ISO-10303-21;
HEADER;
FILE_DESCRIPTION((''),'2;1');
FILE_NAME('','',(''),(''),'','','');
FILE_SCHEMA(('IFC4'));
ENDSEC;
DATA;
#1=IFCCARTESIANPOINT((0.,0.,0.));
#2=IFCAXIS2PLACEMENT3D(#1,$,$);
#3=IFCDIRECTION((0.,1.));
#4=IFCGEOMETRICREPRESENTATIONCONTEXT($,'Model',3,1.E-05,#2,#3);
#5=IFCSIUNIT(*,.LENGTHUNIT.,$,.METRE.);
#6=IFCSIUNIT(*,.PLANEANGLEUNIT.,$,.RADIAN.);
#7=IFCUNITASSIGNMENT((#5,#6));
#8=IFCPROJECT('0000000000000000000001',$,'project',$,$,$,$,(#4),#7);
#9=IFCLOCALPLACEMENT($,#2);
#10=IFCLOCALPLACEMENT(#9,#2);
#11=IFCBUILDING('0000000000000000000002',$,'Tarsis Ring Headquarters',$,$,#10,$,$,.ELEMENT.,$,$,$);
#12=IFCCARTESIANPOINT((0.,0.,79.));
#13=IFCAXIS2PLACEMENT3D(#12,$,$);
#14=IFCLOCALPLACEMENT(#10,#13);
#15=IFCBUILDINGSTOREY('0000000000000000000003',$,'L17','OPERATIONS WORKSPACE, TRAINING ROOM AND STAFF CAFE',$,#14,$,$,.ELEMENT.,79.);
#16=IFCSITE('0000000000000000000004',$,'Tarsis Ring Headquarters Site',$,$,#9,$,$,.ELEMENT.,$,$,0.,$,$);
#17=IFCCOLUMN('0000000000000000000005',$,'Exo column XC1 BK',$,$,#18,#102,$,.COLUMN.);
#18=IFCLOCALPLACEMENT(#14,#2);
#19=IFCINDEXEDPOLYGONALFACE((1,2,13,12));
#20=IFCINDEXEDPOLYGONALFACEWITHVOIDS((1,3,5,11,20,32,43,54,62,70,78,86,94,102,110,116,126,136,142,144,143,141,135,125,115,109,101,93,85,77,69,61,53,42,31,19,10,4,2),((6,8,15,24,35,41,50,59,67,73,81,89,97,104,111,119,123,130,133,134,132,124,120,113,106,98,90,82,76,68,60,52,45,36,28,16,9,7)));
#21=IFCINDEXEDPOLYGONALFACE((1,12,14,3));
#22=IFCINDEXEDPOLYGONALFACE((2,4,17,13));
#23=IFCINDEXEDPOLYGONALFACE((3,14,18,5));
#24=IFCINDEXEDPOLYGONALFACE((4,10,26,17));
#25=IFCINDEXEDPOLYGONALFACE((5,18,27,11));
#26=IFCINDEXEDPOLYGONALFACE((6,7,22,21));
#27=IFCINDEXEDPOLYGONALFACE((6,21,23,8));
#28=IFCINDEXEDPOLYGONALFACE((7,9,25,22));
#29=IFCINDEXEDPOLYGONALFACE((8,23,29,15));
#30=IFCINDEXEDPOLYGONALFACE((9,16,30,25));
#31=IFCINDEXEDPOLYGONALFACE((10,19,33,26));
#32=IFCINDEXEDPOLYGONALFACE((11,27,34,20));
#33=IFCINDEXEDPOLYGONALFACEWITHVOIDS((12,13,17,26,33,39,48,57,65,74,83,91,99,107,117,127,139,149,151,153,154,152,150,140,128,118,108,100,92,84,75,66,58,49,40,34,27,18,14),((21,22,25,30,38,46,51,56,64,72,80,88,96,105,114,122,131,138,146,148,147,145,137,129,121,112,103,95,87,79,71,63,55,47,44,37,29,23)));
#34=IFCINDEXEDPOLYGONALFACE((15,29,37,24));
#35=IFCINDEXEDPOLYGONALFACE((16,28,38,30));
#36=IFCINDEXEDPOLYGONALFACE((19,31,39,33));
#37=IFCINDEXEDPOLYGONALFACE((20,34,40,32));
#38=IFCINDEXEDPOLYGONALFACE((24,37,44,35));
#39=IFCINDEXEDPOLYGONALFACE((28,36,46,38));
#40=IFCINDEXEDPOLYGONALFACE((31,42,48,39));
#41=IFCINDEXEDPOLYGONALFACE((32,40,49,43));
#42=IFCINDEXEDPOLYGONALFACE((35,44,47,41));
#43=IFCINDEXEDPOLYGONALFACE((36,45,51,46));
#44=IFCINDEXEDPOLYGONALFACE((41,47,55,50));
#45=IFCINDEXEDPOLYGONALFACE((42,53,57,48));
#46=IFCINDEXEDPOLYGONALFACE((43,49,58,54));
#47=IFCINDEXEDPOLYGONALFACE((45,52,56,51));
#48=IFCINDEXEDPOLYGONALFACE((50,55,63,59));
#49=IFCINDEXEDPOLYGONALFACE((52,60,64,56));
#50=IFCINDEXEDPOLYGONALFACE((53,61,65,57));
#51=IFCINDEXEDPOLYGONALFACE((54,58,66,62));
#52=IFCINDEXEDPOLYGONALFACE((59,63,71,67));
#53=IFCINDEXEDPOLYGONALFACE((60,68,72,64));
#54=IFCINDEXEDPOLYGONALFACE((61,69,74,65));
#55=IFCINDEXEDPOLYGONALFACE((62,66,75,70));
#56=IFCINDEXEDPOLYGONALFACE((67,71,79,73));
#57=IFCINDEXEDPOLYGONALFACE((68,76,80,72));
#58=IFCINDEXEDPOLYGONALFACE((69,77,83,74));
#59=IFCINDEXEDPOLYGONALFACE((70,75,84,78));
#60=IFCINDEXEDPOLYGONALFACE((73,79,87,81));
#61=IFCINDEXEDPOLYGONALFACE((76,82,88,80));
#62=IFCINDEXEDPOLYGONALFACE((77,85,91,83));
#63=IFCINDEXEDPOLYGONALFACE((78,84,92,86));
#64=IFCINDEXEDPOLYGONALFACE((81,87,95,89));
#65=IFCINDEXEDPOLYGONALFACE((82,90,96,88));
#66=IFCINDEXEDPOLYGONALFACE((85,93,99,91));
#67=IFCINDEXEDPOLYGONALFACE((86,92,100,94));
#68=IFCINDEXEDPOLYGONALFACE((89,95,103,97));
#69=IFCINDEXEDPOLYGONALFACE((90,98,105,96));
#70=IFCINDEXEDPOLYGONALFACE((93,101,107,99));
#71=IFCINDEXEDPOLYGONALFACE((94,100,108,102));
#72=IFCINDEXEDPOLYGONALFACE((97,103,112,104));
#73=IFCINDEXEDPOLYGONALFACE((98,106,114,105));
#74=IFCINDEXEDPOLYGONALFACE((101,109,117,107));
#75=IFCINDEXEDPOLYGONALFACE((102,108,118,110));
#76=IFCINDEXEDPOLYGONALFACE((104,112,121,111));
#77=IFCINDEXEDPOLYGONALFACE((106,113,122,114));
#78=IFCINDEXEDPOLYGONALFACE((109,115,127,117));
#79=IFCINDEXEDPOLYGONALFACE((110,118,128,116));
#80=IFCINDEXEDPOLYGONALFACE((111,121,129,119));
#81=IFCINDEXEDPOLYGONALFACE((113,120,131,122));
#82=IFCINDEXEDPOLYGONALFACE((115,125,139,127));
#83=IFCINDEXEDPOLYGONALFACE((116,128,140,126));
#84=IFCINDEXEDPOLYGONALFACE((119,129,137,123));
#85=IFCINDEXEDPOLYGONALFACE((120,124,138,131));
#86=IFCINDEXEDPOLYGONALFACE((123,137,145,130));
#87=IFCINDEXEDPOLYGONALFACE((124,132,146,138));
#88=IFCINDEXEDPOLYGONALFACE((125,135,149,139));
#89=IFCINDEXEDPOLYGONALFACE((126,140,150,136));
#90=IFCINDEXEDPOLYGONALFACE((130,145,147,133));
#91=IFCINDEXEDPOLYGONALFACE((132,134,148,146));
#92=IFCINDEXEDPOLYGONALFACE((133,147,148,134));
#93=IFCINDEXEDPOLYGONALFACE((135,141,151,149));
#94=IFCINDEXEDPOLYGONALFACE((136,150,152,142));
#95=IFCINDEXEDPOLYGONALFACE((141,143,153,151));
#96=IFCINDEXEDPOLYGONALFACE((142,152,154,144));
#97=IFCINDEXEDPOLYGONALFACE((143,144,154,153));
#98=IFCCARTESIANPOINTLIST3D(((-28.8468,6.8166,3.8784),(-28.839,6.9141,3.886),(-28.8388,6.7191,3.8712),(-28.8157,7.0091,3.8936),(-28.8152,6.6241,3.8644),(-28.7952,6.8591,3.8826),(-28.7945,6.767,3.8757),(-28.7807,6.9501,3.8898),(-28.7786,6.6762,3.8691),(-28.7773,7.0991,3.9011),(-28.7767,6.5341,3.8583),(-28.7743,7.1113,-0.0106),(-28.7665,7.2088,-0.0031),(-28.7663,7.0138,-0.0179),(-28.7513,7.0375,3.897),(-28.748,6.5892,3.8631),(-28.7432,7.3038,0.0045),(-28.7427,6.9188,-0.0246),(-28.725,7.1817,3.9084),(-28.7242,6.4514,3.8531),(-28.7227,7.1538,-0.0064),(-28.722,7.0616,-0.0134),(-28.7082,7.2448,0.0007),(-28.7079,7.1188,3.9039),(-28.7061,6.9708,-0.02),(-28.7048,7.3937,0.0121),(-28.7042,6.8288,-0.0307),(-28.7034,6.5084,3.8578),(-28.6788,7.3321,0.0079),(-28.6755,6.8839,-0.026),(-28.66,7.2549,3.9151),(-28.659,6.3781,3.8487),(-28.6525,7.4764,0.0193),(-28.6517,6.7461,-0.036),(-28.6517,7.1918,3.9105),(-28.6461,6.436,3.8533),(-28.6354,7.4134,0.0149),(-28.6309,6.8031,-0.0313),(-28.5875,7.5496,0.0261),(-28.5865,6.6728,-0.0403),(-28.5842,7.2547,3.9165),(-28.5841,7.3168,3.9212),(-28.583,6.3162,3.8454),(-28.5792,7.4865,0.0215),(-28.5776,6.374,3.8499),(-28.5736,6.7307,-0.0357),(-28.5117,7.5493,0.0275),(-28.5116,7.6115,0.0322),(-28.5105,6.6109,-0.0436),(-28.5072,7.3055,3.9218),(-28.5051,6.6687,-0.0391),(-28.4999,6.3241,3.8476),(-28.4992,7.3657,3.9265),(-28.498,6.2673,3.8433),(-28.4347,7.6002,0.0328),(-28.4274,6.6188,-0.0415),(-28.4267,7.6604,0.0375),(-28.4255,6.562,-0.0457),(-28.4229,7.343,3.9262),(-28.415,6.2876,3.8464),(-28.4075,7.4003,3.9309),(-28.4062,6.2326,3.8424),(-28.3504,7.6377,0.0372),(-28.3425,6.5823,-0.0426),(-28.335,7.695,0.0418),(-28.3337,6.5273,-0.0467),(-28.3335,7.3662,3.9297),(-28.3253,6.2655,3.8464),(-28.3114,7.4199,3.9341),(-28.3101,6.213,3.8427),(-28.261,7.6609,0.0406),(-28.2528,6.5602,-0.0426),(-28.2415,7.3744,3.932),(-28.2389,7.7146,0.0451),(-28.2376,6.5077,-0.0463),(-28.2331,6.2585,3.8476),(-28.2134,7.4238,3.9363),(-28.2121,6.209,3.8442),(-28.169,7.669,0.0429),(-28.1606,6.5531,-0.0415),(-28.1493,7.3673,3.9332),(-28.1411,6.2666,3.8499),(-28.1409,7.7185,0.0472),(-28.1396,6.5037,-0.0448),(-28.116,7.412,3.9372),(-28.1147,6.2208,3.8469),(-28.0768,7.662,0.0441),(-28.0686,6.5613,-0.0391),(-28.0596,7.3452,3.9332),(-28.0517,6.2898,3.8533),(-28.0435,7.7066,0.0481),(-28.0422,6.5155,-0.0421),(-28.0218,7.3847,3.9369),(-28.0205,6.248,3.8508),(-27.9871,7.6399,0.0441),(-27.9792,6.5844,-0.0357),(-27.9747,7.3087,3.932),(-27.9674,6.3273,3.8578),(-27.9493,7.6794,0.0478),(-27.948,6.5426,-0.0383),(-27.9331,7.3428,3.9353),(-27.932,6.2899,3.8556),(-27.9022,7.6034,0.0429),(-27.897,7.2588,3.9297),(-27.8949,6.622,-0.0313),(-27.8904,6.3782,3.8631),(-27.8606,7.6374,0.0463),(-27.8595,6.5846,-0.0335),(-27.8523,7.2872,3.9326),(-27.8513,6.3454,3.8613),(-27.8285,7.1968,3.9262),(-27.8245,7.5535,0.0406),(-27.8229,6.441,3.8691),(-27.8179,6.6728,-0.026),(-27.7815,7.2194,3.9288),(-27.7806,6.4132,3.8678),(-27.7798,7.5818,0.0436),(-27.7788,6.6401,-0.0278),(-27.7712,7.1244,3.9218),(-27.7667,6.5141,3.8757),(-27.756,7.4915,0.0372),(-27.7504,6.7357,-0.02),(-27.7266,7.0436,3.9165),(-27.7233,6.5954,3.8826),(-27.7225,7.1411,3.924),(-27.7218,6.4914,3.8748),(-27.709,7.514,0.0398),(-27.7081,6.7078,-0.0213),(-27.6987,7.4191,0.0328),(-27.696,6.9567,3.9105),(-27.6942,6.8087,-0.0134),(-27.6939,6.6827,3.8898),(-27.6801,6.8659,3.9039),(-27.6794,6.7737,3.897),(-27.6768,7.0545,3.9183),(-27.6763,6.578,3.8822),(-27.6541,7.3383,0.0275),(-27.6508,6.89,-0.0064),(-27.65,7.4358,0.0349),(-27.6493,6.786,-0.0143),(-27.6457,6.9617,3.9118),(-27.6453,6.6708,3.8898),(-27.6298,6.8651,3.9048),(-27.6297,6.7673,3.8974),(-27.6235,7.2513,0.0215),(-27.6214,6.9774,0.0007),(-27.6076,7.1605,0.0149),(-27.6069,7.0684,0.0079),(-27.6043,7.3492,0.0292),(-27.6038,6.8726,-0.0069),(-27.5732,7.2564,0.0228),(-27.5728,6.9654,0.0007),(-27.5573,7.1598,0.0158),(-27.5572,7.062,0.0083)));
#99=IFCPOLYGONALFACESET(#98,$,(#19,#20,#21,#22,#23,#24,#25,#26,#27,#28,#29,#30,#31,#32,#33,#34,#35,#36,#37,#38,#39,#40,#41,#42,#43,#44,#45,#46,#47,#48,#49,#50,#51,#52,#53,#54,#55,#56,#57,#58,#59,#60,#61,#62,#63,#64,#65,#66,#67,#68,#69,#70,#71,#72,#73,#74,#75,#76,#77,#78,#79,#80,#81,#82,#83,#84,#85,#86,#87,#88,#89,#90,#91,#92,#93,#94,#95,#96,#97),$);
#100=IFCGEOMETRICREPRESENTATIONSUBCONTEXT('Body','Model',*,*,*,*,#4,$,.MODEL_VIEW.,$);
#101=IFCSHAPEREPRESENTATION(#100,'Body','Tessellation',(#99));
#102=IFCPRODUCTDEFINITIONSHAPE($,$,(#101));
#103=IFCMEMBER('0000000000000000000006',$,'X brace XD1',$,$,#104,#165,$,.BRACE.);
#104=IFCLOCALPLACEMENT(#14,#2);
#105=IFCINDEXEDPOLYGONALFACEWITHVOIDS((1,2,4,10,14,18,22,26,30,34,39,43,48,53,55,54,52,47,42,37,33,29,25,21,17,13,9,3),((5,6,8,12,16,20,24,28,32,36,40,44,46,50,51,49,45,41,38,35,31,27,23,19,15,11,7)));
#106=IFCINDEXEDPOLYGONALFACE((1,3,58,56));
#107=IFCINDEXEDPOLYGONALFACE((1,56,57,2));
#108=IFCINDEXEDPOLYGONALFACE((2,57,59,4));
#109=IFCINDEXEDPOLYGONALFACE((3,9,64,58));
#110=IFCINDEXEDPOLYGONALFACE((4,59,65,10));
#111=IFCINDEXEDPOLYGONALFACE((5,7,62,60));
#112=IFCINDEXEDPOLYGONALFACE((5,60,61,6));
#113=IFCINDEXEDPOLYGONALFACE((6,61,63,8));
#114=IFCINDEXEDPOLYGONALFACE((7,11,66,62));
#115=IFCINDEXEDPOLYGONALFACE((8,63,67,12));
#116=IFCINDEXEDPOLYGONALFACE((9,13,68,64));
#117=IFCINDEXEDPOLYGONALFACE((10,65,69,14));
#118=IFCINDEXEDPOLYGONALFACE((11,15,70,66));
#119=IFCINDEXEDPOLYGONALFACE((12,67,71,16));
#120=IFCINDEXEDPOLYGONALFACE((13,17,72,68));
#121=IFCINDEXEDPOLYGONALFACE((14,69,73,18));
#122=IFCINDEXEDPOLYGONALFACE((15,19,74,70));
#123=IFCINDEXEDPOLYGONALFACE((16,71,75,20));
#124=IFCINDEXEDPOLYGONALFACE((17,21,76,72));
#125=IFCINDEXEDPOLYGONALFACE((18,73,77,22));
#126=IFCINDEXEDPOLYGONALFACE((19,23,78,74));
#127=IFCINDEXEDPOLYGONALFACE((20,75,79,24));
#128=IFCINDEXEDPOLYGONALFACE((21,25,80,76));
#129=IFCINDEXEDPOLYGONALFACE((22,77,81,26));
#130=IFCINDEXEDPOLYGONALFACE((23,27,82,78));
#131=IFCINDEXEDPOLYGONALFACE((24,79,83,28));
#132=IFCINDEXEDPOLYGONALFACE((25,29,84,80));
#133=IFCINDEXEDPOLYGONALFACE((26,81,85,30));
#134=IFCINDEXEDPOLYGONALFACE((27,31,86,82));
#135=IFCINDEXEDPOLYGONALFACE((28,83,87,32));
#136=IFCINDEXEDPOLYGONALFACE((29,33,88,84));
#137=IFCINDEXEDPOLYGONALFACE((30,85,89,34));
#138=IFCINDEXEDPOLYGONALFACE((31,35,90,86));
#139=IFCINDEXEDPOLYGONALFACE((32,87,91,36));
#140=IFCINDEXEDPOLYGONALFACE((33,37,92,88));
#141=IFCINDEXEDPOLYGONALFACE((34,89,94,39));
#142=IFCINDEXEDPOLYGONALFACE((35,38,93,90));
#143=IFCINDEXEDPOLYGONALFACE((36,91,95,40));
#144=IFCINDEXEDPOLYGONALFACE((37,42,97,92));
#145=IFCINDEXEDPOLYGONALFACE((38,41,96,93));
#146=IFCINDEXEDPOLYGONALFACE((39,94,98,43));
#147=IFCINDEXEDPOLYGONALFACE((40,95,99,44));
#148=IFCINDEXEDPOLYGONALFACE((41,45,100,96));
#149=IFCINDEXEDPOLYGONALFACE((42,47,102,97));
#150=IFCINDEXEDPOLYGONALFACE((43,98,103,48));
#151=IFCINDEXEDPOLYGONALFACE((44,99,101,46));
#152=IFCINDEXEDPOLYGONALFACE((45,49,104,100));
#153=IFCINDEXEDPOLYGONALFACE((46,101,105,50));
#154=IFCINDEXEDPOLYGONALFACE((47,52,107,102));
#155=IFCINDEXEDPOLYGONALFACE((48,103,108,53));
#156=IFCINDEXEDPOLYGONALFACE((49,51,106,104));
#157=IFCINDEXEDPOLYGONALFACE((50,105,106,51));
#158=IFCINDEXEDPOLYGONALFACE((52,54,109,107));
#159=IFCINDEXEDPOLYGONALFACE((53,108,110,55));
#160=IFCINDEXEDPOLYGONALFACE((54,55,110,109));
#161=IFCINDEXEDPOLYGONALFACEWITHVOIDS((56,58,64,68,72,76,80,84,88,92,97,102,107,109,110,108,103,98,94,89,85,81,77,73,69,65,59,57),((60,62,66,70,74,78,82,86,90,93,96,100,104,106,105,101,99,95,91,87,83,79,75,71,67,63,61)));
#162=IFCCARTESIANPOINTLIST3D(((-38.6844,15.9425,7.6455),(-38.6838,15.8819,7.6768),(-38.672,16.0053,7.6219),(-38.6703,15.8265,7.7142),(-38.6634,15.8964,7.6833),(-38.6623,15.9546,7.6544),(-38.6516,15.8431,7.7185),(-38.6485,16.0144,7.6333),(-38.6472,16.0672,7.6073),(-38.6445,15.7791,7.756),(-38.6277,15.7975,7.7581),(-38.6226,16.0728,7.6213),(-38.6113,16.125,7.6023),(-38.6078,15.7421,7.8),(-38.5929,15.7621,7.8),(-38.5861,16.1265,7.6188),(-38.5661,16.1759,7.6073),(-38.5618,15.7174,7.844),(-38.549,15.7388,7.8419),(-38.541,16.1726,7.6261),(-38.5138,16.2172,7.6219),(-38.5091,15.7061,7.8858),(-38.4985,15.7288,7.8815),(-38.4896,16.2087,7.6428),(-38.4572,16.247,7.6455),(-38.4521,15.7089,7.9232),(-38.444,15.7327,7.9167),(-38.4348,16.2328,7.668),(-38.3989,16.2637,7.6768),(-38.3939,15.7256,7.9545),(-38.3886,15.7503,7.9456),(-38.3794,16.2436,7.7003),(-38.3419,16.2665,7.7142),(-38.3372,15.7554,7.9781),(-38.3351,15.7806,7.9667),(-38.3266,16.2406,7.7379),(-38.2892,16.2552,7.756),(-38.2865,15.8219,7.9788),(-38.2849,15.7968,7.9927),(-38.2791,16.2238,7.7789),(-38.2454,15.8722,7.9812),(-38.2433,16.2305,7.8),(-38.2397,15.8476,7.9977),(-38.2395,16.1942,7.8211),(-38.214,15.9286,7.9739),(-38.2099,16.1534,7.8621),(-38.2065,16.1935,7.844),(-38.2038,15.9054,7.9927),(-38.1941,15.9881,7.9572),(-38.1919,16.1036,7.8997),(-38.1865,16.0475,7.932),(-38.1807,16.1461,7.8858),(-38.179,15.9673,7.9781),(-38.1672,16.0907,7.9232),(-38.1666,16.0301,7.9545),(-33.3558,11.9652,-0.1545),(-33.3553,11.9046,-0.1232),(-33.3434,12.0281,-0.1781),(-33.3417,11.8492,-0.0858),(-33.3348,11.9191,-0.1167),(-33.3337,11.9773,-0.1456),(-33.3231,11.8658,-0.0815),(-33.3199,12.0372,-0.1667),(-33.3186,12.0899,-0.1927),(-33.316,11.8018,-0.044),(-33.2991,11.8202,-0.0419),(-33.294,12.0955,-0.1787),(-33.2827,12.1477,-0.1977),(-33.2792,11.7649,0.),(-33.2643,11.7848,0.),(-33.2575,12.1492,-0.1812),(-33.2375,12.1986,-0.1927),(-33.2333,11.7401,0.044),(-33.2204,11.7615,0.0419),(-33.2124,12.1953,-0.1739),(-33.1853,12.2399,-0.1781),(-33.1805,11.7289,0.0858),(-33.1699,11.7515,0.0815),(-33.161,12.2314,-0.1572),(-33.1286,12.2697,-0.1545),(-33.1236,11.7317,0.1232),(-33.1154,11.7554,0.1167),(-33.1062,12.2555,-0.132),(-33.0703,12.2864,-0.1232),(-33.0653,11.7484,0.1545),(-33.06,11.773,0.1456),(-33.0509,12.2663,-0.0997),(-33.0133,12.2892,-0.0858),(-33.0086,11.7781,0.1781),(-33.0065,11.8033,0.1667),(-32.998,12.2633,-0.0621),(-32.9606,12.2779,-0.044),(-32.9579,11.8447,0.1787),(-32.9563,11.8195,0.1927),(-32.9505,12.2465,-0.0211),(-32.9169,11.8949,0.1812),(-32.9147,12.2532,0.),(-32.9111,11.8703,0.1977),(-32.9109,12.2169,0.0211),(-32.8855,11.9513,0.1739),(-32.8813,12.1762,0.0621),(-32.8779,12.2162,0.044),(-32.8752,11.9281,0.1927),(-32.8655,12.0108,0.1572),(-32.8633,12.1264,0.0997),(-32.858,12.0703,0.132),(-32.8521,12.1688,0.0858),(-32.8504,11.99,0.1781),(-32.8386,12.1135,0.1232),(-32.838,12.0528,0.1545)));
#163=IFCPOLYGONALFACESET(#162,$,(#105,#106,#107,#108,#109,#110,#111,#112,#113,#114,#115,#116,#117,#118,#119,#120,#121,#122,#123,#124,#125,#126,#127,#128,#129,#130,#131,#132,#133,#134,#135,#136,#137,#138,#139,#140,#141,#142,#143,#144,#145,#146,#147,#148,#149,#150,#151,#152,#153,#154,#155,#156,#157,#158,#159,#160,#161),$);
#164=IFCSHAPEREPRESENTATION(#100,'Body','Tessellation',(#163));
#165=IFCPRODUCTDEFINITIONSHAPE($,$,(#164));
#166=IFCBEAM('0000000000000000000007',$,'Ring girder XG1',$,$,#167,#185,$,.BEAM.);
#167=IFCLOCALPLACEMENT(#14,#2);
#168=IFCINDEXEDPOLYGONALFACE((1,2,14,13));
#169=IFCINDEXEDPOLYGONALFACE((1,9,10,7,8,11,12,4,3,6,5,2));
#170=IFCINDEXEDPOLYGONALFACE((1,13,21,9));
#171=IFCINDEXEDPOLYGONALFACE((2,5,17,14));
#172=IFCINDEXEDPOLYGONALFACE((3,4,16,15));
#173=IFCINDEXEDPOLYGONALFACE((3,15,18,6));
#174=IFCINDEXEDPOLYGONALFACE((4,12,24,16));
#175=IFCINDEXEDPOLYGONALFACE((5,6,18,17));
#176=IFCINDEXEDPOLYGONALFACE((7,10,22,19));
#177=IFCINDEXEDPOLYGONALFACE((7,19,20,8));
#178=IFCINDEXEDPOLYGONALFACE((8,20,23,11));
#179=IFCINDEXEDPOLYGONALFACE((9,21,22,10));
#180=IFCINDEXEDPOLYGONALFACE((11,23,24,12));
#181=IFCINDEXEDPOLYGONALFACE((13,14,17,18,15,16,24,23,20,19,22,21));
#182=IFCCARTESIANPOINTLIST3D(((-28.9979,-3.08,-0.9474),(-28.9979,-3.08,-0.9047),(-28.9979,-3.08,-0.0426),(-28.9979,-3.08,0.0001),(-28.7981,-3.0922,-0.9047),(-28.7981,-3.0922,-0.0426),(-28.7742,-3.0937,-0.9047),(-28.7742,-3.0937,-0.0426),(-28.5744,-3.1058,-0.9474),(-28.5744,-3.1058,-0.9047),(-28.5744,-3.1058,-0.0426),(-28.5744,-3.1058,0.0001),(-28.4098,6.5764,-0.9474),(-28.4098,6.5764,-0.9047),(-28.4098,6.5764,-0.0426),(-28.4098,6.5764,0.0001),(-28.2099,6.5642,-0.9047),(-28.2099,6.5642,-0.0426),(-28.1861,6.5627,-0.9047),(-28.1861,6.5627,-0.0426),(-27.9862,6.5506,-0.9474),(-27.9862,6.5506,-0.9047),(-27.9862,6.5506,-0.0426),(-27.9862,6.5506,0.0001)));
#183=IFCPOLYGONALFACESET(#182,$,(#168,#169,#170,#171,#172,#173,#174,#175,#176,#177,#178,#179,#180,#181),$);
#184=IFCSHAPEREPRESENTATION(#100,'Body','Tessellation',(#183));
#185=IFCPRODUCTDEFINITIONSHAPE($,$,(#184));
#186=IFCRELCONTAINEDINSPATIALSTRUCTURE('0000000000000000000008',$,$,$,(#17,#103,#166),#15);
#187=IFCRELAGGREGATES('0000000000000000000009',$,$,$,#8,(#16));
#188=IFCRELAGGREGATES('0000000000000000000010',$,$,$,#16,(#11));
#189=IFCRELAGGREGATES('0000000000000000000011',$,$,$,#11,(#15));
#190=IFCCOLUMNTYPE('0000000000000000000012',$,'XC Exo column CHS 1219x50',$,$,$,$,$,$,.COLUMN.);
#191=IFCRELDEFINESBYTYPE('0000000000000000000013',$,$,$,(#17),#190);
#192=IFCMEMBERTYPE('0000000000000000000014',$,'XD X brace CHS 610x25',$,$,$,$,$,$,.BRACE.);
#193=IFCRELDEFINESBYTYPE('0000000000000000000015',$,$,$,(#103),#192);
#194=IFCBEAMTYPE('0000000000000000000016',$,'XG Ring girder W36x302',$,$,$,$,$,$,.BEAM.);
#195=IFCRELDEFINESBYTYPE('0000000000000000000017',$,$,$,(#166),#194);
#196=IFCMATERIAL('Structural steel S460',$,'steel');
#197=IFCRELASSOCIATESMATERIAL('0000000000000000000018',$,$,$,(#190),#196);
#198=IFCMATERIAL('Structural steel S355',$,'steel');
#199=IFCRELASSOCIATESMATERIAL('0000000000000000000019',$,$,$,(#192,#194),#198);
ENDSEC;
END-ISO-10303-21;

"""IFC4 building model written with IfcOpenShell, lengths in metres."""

from ifc_helpers import new_model, si_unit, direction, frame, origin, origin_2d, place, context, subcontext, project, spatial, hollow_circle, i_section, extrude, material, material_profile, profile_set, type_object, element, save


model = new_model("IFC4")

# Units and contexts
model_context = context("Model", 3, precision=1e-05, world=origin(), true_north=direction((0.0, 1.0)))
body_context = subcontext(model_context, "Body", "Model", "MODEL_VIEW")
ifc_project = project(units=[si_unit("LENGTHUNIT", "METRE"), si_unit("PLANEANGLEUNIT", "RADIAN")], contexts=[model_context])

# Site, building, storey
site_placement = place(None, origin())
site = spatial("IfcSite", under=ifc_project, at=site_placement, Name="Tarsis Ring Headquarters Site", CompositionType="ELEMENT", RefElevation=0.0)
building_placement = place(site_placement, origin())
building = spatial("IfcBuilding", under=site, at=building_placement, Name="Tarsis Ring Headquarters", CompositionType="ELEMENT")
storey_placement = place(building_placement, frame((0.0, 0.0, 79.0)))
storey = spatial("IfcBuildingStorey", under=building, at=storey_placement, Name="L17", Description="OPERATIONS WORKSPACE, TRAINING ROOM AND STAFF CAFE", CompositionType="ELEMENT", Elevation=79.0)

# Column
ifc_material_1 = material(Name="Structural steel S460", Category="steel")
ifc_material_profile_1 = material_profile(ifc_material_1, hollow_circle(Radius=0.6096, WallThickness=0.05, at=origin_2d()), Name="CHS 1219x50")
ifc_profile_set_1 = profile_set([ifc_material_profile_1], Name="Structural steel S460")
column_type = type_object("IfcColumnType", Name="XC Exo column CHS 1219x50", PredefinedType="COLUMN", material=ifc_profile_set_1)
column_placement = place(storey_placement, frame((-28.1648, 7.1111, 0.0007), z_axis=(-0.018588, -0.075539, 0.99697), x_axis=(0.971035, -0.238937, 0.0)))
element("IfcColumn", 1, at=column_placement, inside=storey, type_object=column_type, Name="Exo column XC1 BK", PredefinedType="COLUMN", context=body_context, shape_type="SweptSolid", body=[
    extrude(hollow_circle(Radius=0.6096, WallThickness=0.05, at=origin_2d()), origin(), (0.0, 0.0, 1.0), 3.9009),
])

# Member
ifc_material_2 = material(Name="Structural steel S355", Category="steel")
ifc_material_profile_2 = material_profile(ifc_material_2, hollow_circle(Radius=0.3047, WallThickness=0.0249, at=origin_2d()), Name="CHS 610x25")
ifc_profile_set_2 = profile_set([ifc_material_profile_2], Name="Structural steel S355")
member_type = type_object("IfcMemberType", Name="XD X brace CHS 610x25", PredefinedType="BRACE", material=ifc_profile_set_2)
member_placement = place(storey_placement, frame((-33.0969, 12.009, 0.0), z_axis=(-0.519886, 0.388045, 0.761012), x_axis=(-0.598154, -0.801381, 0.0)))
element("IfcMember", 2, at=member_placement, inside=storey, type_object=member_type, Name="X brace XD1", PredefinedType="BRACE", context=body_context, shape_type="SweptSolid", body=[
    extrude(hollow_circle(Radius=0.3047, WallThickness=0.0249, at=origin_2d()), origin(), (0.0, 0.0, 1.0), 10.2495),
])

# Beam
ifc_material_profile_3 = material_profile(ifc_material_2, i_section(OverallWidth=0.4243, OverallDepth=0.9475, WebThickness=0.0239, FlangeThickness=0.0427, at=origin_2d()), Name="W36x302")
ifc_profile_set_3 = profile_set([ifc_material_profile_3], Name="Structural steel S355")
beam_type = type_object("IfcBeamType", Name="XG Ring girder W36x302", PredefinedType="BEAM", material=ifc_profile_set_3)
beam_placement = place(storey_placement, frame((-28.198, 6.5635, -0.4736), z_axis=(-0.060793, -0.99815, 0.0), x_axis=(0.99815, -0.060793, 0.0)))
element("IfcBeam", 3, at=beam_placement, inside=storey, type_object=beam_type, Name="Ring girder XG1", PredefinedType="BEAM", context=body_context, shape_type="SweptSolid", body=[
    extrude(i_section(OverallWidth=0.4243, OverallDepth=0.9475, WebThickness=0.0239, FlangeThickness=0.0427, at=origin_2d()), origin(), (0.0, 0.0, 1.0), 9.6743),
])

save(model, "model.ifc")
